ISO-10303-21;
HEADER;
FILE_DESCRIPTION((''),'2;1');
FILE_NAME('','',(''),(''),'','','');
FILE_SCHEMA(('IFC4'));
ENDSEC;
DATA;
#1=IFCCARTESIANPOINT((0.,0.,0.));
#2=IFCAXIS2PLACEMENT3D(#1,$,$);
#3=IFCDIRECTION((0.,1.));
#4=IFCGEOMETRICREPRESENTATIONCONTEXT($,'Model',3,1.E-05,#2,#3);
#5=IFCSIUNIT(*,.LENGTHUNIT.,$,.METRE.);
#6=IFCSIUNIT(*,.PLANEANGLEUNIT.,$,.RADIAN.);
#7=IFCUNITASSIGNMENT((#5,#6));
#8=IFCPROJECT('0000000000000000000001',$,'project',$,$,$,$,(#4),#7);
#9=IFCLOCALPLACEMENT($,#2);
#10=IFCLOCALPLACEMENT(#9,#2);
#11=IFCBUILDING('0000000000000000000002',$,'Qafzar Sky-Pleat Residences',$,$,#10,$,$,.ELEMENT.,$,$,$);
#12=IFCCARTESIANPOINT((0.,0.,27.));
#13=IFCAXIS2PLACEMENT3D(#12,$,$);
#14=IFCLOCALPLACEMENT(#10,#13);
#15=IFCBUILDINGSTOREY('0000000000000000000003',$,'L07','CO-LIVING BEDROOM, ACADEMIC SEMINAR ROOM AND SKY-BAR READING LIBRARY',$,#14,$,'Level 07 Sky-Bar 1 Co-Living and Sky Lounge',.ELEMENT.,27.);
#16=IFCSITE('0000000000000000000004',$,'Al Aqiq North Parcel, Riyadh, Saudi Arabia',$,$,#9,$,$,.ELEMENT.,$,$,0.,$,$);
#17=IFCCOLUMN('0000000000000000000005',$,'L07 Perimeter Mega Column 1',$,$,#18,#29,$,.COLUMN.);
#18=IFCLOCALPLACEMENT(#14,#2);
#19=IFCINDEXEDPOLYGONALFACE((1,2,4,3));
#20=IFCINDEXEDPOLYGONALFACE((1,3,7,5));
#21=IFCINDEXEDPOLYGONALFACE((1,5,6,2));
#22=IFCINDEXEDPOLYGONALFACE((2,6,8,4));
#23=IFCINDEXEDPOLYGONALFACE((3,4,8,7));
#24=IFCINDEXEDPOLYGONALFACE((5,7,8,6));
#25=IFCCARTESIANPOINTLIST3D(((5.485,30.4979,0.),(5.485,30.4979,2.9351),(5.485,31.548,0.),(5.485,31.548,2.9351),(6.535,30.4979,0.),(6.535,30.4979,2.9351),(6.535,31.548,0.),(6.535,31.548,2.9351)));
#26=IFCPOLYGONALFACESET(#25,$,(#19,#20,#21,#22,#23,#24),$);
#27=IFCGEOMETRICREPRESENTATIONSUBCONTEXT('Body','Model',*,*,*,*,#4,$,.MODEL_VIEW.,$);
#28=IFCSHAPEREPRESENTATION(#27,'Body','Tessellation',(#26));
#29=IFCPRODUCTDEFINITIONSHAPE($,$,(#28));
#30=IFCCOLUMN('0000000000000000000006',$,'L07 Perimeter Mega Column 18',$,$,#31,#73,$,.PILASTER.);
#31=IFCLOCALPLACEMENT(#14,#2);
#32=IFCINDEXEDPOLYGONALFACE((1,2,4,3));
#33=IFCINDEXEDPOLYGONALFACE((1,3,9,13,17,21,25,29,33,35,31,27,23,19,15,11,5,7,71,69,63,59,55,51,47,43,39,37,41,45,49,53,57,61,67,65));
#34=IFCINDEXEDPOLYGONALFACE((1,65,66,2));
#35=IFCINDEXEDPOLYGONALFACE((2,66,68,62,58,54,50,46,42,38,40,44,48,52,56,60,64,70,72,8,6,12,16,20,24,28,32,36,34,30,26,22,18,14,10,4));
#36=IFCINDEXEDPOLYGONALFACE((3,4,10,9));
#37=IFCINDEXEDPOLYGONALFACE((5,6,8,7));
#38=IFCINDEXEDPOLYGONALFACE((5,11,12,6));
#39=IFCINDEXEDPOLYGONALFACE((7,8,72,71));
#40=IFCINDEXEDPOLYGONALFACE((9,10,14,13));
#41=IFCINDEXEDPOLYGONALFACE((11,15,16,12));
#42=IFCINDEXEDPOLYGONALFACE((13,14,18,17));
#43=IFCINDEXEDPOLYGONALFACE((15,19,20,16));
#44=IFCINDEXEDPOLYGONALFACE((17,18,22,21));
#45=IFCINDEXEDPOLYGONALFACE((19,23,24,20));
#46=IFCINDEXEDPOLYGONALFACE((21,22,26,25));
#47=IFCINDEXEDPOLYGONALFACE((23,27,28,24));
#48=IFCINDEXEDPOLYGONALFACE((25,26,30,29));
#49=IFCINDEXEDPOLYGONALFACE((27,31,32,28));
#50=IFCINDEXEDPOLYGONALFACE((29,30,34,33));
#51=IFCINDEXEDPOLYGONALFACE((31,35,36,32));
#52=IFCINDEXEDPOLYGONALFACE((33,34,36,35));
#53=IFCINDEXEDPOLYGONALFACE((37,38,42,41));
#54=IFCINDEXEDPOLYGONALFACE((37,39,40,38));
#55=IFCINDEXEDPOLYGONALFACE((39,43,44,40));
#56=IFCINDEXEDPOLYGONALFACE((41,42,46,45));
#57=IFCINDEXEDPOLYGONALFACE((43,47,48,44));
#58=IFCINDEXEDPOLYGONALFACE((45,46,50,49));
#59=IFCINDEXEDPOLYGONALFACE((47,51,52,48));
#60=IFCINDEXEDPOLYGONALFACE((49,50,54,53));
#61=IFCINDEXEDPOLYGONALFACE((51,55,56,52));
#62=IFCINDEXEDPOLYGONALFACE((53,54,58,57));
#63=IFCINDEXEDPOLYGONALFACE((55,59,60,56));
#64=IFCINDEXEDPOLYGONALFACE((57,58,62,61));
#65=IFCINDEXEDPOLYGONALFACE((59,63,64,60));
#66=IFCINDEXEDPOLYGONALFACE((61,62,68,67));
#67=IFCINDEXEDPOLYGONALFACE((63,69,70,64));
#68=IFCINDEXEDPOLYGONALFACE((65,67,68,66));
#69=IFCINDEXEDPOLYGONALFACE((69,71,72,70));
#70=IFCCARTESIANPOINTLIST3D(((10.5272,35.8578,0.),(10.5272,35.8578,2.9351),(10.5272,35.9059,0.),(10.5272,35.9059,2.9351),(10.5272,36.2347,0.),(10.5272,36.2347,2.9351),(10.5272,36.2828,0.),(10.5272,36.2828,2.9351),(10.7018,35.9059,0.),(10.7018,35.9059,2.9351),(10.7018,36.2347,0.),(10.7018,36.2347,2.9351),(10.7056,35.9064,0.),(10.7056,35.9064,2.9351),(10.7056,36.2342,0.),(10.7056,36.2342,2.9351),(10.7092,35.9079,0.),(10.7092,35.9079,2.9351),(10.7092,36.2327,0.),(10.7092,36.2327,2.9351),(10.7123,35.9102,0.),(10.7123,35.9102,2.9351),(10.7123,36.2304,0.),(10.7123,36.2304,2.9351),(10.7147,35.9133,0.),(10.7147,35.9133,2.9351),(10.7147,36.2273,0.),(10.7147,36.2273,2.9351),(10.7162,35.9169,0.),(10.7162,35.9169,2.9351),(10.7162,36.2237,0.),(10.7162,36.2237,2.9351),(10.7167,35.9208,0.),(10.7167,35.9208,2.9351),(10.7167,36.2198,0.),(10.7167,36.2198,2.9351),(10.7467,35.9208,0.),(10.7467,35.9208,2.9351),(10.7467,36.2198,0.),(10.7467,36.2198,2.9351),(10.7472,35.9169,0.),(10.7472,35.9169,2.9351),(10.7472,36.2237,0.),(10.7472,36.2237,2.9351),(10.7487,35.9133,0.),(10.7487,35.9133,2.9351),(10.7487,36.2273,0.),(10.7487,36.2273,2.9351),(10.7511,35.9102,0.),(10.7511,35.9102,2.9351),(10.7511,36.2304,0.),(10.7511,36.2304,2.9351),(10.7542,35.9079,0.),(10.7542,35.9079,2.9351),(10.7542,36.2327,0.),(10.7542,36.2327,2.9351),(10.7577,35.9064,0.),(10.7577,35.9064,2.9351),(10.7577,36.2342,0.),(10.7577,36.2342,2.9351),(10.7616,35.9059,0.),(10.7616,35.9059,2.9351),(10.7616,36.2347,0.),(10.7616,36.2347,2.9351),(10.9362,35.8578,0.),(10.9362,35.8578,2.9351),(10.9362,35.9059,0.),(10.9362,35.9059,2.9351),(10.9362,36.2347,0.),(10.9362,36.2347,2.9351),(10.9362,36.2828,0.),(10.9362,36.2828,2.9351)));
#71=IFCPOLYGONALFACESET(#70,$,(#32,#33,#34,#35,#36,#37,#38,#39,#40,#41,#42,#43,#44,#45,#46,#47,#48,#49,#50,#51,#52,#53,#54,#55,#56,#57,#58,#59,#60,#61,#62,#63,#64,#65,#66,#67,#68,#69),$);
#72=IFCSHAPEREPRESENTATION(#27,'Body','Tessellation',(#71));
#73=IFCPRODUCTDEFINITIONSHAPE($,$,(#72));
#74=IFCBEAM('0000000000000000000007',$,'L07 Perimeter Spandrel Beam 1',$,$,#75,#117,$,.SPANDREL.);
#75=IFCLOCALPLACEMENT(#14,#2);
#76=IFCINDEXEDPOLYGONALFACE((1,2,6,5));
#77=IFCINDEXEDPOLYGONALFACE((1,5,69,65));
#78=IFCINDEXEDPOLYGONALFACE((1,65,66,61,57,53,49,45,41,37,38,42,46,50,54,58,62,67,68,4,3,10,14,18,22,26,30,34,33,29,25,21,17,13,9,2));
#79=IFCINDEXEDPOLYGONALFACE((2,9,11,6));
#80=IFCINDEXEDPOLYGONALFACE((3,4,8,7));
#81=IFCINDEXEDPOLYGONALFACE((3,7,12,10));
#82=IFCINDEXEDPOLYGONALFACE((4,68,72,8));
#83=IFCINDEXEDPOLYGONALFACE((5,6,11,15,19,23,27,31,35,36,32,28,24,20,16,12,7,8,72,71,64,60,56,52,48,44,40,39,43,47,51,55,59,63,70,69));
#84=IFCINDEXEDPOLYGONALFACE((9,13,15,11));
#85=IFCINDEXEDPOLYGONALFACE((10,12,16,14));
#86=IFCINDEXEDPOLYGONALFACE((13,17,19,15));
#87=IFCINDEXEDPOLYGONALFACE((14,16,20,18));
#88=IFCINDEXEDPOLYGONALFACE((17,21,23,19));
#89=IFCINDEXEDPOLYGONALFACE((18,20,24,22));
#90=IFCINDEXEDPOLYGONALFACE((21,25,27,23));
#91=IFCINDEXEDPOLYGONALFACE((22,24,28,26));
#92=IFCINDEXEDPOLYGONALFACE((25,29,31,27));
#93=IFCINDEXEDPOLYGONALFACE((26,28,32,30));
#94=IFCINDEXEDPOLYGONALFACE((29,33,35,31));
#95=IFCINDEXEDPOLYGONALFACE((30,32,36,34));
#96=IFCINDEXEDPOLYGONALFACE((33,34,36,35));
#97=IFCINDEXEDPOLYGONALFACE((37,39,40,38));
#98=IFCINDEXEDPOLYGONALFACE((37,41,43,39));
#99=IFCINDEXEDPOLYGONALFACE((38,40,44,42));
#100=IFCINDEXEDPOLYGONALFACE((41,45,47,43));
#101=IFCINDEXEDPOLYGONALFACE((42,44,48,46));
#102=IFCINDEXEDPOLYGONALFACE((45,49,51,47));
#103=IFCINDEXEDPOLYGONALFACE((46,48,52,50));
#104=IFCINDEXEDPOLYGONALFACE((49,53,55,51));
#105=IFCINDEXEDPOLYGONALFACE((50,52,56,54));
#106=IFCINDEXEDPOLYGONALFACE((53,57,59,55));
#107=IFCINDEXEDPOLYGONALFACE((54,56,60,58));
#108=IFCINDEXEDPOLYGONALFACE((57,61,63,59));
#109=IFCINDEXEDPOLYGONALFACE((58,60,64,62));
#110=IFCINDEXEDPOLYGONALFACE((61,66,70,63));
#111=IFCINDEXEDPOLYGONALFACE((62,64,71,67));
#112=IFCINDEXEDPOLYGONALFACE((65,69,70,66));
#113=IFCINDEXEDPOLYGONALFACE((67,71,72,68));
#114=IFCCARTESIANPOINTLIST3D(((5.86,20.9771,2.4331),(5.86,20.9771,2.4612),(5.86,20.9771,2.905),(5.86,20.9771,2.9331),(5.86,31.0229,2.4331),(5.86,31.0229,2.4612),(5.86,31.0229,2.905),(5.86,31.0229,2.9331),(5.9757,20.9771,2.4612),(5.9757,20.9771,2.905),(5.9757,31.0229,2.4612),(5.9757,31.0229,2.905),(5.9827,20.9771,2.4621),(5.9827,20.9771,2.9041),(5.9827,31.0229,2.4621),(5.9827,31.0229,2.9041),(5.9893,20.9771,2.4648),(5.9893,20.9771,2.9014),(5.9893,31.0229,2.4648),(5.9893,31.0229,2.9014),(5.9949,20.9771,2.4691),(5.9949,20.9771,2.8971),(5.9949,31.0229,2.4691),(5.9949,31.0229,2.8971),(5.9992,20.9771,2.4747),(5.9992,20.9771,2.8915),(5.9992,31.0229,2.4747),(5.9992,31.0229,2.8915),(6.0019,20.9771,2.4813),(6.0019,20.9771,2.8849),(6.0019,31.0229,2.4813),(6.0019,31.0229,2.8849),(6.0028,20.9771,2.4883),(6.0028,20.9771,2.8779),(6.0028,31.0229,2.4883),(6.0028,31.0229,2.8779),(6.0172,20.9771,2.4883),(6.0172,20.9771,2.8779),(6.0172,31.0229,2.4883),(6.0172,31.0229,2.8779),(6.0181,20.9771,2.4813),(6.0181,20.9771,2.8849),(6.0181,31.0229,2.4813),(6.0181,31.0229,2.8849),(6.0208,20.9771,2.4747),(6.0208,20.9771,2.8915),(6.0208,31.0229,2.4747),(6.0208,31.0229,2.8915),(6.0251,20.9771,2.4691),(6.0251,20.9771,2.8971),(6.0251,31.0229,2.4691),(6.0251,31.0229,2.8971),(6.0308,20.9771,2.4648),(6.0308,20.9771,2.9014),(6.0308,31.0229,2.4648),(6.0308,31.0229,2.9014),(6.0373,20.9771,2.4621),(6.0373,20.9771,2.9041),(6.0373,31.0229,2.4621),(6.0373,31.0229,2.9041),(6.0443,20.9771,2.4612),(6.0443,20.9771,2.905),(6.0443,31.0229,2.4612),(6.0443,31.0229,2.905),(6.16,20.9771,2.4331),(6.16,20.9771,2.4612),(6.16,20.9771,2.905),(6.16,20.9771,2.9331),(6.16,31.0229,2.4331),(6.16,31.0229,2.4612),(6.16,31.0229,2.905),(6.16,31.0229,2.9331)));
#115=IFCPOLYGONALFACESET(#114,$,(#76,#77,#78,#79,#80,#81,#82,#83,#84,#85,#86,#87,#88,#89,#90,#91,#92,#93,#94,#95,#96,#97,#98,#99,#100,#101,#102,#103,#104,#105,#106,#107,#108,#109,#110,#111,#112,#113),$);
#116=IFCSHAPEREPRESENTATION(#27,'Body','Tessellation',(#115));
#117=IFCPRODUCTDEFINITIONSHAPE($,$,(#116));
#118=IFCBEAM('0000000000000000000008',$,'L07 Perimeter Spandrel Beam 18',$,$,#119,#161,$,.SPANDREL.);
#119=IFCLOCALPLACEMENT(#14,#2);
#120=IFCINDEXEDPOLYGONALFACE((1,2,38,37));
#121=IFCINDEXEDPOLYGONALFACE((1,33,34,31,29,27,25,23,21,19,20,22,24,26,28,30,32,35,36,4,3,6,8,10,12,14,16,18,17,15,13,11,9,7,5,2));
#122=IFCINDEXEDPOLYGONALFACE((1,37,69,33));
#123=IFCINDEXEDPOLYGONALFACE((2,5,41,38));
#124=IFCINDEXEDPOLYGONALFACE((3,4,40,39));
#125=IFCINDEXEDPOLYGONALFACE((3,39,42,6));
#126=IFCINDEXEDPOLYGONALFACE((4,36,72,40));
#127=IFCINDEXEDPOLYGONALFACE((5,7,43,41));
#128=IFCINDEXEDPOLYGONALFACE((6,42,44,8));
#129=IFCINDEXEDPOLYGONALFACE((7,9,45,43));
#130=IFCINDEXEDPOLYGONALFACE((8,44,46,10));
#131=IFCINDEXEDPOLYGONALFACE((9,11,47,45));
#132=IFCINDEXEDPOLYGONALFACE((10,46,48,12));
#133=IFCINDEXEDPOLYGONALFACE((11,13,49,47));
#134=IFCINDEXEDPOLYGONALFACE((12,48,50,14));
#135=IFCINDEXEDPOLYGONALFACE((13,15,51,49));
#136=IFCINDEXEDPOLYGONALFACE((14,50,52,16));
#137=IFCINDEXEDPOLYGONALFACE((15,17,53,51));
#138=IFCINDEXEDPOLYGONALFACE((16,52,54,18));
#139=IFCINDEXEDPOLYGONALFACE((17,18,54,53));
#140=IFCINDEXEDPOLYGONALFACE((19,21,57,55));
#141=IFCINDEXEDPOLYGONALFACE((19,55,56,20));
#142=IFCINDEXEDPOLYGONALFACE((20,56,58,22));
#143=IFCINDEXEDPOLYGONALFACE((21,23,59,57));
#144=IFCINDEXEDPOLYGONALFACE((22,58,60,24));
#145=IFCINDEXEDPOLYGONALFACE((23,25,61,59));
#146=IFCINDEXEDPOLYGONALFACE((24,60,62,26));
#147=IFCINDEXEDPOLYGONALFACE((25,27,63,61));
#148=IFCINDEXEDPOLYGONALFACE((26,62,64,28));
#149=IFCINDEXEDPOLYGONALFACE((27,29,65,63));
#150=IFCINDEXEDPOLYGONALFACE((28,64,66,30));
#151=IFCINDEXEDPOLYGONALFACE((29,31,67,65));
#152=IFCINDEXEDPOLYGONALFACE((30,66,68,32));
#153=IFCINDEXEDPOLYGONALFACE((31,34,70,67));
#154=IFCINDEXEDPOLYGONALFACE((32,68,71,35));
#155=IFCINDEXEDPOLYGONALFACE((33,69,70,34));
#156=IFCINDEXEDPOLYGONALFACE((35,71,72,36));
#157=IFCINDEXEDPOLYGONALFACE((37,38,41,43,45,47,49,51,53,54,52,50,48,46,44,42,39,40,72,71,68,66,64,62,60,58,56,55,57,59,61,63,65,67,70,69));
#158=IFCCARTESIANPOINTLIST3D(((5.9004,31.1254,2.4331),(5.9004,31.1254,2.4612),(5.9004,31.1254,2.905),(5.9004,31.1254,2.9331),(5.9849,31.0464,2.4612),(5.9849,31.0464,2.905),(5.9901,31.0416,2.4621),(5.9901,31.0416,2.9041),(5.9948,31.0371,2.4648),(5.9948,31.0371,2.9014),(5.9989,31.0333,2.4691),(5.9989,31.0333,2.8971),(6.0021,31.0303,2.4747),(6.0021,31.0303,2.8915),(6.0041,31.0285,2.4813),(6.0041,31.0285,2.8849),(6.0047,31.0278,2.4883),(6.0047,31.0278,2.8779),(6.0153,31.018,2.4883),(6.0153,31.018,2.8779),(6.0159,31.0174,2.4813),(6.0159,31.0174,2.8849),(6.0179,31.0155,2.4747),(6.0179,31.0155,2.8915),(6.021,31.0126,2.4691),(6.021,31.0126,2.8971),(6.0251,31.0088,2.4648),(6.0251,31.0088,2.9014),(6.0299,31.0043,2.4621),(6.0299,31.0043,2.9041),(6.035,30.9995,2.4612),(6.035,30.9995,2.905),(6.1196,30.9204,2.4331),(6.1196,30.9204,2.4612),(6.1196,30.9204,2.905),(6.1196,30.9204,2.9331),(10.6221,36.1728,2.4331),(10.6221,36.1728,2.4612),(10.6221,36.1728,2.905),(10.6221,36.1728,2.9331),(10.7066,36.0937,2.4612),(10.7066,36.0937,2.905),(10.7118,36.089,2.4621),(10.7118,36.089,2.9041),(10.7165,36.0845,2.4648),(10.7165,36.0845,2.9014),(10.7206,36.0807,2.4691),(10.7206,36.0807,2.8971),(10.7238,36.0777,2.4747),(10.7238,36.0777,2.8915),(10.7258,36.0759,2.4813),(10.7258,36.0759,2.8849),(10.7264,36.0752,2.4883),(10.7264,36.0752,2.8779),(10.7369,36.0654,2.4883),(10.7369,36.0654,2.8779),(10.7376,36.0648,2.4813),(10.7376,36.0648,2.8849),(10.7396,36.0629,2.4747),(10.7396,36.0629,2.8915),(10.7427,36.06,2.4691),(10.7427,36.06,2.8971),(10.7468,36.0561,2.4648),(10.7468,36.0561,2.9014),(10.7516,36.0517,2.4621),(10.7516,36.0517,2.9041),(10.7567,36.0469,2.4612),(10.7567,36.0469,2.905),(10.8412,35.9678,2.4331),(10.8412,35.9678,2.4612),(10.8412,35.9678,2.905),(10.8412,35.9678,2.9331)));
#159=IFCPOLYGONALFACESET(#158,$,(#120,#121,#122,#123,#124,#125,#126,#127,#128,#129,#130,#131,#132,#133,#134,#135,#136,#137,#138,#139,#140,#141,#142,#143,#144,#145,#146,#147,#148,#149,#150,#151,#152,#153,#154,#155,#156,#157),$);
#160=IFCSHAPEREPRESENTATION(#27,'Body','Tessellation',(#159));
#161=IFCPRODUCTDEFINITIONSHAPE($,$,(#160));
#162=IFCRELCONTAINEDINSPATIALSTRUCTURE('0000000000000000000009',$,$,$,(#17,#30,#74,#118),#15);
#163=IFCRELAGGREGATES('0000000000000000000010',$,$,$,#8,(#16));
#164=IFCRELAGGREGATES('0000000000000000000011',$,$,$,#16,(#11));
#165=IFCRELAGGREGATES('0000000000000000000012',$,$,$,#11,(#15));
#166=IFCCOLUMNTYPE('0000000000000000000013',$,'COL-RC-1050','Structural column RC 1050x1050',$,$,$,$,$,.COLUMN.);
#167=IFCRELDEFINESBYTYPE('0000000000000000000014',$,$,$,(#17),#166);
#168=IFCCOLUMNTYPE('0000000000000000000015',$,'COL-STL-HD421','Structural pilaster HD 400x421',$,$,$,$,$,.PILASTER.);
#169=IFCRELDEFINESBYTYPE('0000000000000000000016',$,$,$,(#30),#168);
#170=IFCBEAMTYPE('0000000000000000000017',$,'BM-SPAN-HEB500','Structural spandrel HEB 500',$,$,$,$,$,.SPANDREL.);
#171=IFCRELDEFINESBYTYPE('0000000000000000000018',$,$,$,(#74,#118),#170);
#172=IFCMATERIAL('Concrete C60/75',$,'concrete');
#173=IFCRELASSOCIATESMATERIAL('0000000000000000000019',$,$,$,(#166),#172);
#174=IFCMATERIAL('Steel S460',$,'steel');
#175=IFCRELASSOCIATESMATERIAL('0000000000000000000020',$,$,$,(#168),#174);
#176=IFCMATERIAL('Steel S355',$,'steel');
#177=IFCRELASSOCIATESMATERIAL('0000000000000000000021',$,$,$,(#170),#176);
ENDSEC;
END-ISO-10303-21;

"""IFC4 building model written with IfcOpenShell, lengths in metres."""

from ifc_helpers import new_model, si_unit, direction, frame, origin, origin_2d, place, context, subcontext, project, spatial, rectangle, i_section, extrude, source, transform, mapped, material, material_profile, profile_set, type_object, element, save


model = new_model("IFC4")

# Units and contexts
model_context = context("Model", 3, precision=1e-05, world=origin(), true_north=direction((0.0, 1.0)))
body_context = subcontext(model_context, "Body", "Model", "MODEL_VIEW")
ifc_project = project(units=[si_unit("LENGTHUNIT", "METRE"), si_unit("PLANEANGLEUNIT", "RADIAN")], contexts=[model_context])

# Site, building, storey
site_placement = place(None, origin())
site = spatial("IfcSite", under=ifc_project, at=site_placement, Name="Al Aqiq North Parcel, Riyadh, Saudi Arabia", CompositionType="ELEMENT", RefElevation=0.0)
building_placement = place(site_placement, origin())
building = spatial("IfcBuilding", under=site, at=building_placement, Name="Qafzar Sky-Pleat Residences", CompositionType="ELEMENT")
storey_placement = place(building_placement, frame((0.0, 0.0, 27.0)))
storey = spatial("IfcBuildingStorey", under=building, at=storey_placement, Name="L07", Description="CO-LIVING BEDROOM, ACADEMIC SEMINAR ROOM AND SKY-BAR READING LIBRARY", LongName="Level 07 Sky-Bar 1 Co-Living and Sky Lounge", CompositionType="ELEMENT", Elevation=27.0)

# Columns
ifc_material_1 = material(Name="Concrete C60/75", Category="concrete")
ifc_material_profile_1 = material_profile(ifc_material_1, rectangle(XDim=1.05, YDim=1.05, at=origin_2d()), Name="RC 1050x1050")
ifc_profile_set_1 = profile_set([ifc_material_profile_1], Name="Concrete C60/75")
column_type_1 = type_object("IfcColumnType", Name="COL-RC-1050", Description="Structural column RC 1050x1050", PredefinedType="COLUMN", material=ifc_profile_set_1)
shared_shape_1 = source(origin(), body_context, "Body", "SweptSolid", [
    extrude(rectangle(XDim=1.05, YDim=1.05, at=origin_2d()), origin(), (0.0, 0.0, 1.0), 2.9351),
])
column_1_placement = place(storey_placement, frame((6.01, 31.0229, 0.0), z_axis=(0.0, 0.0, 1.0), x_axis=(1.0, 0.0, 0.0)))
element("IfcColumn", 1, at=column_1_placement, inside=storey, type_object=column_type_1, Name="L07 Perimeter Mega Column 1", PredefinedType="COLUMN", context=body_context, shape_type="MappedRepresentation", body=[
    mapped(shared_shape_1, transform((0.0, 0.0, 0.0), x_axis=(1.0, 0.0, 0.0), y_axis=(0.0, 1.0, 0.0), z_axis=(0.0, 0.0, 1.0), scale=1.0)),
])
ifc_material_2 = material(Name="Steel S460", Category="steel")
ifc_material_profile_2 = material_profile(ifc_material_2, i_section(OverallWidth=0.4089, OverallDepth=0.425, WebThickness=0.03, FlangeThickness=0.0481, FilletRadius=0.0149, at=origin_2d()), Name="HD 400x421")
ifc_profile_set_2 = profile_set([ifc_material_profile_2], Name="Steel S460")
column_type_2 = type_object("IfcColumnType", Name="COL-STL-HD421", Description="Structural pilaster HD 400x421", PredefinedType="PILASTER", material=ifc_profile_set_2)
shared_shape_2 = source(origin(), body_context, "Body", "SweptSolid", [
    extrude(i_section(OverallWidth=0.4089, OverallDepth=0.425, WebThickness=0.03, FlangeThickness=0.0481, FilletRadius=0.0149, at=origin_2d()), origin(), (0.0, 0.0, 1.0), 2.9351),
])
column_2_placement = place(storey_placement, frame((10.7317, 36.0703, 0.0), z_axis=(0.0, 0.0, 1.0), x_axis=(1.0, 0.0, 0.0)))
element("IfcColumn", 2, at=column_2_placement, inside=storey, type_object=column_type_2, Name="L07 Perimeter Mega Column 18", PredefinedType="PILASTER", context=body_context, shape_type="MappedRepresentation", body=[
    mapped(shared_shape_2, transform((0.0, 0.0, 0.0), x_axis=(1.0, 0.0, 0.0), y_axis=(0.0, 1.0, 0.0), z_axis=(0.0, 0.0, 1.0), scale=1.0)),
])

# Beams
ifc_material_3 = material(Name="Steel S355", Category="steel")
ifc_material_profile_3 = material_profile(ifc_material_3, i_section(OverallWidth=0.3, OverallDepth=0.5, WebThickness=0.0144, FlangeThickness=0.0281, FilletRadius=0.0271, at=origin_2d()), Name="HEB 500")
ifc_profile_set_3 = profile_set([ifc_material_profile_3], Name="Steel S355")
beam_type_1 = type_object("IfcBeamType", Name="BM-SPAN-HEB500", Description="Structural spandrel HEB 500", PredefinedType="SPANDREL", material=ifc_profile_set_3)
shared_shape_3 = source(origin(), body_context, "Body", "SweptSolid", [
    extrude(i_section(OverallWidth=0.3, OverallDepth=0.5, WebThickness=0.0144, FlangeThickness=0.0281, FilletRadius=0.0271, at=origin_2d()), origin(), (0.0, 0.0, 1.0), 10.0459),
])
beam_1_placement = place(storey_placement, frame((6.01, 31.0229, 2.6831), z_axis=(0.0, -1.0, 0.0), x_axis=(1.0, 0.0, 0.0)))
element("IfcBeam", 3, at=beam_1_placement, inside=storey, type_object=beam_type_1, Name="L07 Perimeter Spandrel Beam 1", PredefinedType="SPANDREL", context=body_context, shape_type="MappedRepresentation", body=[
    mapped(shared_shape_3, transform((0.0, 0.0, 0.0), x_axis=(1.0, 0.0, 0.0), y_axis=(0.0, 1.0, 0.0), z_axis=(0.0, 0.0, 1.0), scale=1.0)),
])
shared_shape_4 = source(origin(), body_context, "Body", "SweptSolid", [
    extrude(i_section(OverallWidth=0.3, OverallDepth=0.5, WebThickness=0.0144, FlangeThickness=0.0281, FilletRadius=0.0271, at=origin_2d()), origin(), (0.0, 0.0, 1.0), 6.9116),
])
beam_2_placement = place(storey_placement, frame((10.7317, 36.0703, 2.6831), z_axis=(-0.683153, -0.730275, 0.0), x_axis=(0.730275, -0.683153, 0.0)))
element("IfcBeam", 4, at=beam_2_placement, inside=storey, type_object=beam_type_1, Name="L07 Perimeter Spandrel Beam 18", PredefinedType="SPANDREL", context=body_context, shape_type="MappedRepresentation", body=[
    mapped(shared_shape_4, transform((0.0, 0.0, 0.0), x_axis=(1.0, 0.0, 0.0), y_axis=(0.0, 1.0, 0.0), z_axis=(0.0, 0.0, 1.0), scale=1.0)),
])

save(model, "model.ifc")
